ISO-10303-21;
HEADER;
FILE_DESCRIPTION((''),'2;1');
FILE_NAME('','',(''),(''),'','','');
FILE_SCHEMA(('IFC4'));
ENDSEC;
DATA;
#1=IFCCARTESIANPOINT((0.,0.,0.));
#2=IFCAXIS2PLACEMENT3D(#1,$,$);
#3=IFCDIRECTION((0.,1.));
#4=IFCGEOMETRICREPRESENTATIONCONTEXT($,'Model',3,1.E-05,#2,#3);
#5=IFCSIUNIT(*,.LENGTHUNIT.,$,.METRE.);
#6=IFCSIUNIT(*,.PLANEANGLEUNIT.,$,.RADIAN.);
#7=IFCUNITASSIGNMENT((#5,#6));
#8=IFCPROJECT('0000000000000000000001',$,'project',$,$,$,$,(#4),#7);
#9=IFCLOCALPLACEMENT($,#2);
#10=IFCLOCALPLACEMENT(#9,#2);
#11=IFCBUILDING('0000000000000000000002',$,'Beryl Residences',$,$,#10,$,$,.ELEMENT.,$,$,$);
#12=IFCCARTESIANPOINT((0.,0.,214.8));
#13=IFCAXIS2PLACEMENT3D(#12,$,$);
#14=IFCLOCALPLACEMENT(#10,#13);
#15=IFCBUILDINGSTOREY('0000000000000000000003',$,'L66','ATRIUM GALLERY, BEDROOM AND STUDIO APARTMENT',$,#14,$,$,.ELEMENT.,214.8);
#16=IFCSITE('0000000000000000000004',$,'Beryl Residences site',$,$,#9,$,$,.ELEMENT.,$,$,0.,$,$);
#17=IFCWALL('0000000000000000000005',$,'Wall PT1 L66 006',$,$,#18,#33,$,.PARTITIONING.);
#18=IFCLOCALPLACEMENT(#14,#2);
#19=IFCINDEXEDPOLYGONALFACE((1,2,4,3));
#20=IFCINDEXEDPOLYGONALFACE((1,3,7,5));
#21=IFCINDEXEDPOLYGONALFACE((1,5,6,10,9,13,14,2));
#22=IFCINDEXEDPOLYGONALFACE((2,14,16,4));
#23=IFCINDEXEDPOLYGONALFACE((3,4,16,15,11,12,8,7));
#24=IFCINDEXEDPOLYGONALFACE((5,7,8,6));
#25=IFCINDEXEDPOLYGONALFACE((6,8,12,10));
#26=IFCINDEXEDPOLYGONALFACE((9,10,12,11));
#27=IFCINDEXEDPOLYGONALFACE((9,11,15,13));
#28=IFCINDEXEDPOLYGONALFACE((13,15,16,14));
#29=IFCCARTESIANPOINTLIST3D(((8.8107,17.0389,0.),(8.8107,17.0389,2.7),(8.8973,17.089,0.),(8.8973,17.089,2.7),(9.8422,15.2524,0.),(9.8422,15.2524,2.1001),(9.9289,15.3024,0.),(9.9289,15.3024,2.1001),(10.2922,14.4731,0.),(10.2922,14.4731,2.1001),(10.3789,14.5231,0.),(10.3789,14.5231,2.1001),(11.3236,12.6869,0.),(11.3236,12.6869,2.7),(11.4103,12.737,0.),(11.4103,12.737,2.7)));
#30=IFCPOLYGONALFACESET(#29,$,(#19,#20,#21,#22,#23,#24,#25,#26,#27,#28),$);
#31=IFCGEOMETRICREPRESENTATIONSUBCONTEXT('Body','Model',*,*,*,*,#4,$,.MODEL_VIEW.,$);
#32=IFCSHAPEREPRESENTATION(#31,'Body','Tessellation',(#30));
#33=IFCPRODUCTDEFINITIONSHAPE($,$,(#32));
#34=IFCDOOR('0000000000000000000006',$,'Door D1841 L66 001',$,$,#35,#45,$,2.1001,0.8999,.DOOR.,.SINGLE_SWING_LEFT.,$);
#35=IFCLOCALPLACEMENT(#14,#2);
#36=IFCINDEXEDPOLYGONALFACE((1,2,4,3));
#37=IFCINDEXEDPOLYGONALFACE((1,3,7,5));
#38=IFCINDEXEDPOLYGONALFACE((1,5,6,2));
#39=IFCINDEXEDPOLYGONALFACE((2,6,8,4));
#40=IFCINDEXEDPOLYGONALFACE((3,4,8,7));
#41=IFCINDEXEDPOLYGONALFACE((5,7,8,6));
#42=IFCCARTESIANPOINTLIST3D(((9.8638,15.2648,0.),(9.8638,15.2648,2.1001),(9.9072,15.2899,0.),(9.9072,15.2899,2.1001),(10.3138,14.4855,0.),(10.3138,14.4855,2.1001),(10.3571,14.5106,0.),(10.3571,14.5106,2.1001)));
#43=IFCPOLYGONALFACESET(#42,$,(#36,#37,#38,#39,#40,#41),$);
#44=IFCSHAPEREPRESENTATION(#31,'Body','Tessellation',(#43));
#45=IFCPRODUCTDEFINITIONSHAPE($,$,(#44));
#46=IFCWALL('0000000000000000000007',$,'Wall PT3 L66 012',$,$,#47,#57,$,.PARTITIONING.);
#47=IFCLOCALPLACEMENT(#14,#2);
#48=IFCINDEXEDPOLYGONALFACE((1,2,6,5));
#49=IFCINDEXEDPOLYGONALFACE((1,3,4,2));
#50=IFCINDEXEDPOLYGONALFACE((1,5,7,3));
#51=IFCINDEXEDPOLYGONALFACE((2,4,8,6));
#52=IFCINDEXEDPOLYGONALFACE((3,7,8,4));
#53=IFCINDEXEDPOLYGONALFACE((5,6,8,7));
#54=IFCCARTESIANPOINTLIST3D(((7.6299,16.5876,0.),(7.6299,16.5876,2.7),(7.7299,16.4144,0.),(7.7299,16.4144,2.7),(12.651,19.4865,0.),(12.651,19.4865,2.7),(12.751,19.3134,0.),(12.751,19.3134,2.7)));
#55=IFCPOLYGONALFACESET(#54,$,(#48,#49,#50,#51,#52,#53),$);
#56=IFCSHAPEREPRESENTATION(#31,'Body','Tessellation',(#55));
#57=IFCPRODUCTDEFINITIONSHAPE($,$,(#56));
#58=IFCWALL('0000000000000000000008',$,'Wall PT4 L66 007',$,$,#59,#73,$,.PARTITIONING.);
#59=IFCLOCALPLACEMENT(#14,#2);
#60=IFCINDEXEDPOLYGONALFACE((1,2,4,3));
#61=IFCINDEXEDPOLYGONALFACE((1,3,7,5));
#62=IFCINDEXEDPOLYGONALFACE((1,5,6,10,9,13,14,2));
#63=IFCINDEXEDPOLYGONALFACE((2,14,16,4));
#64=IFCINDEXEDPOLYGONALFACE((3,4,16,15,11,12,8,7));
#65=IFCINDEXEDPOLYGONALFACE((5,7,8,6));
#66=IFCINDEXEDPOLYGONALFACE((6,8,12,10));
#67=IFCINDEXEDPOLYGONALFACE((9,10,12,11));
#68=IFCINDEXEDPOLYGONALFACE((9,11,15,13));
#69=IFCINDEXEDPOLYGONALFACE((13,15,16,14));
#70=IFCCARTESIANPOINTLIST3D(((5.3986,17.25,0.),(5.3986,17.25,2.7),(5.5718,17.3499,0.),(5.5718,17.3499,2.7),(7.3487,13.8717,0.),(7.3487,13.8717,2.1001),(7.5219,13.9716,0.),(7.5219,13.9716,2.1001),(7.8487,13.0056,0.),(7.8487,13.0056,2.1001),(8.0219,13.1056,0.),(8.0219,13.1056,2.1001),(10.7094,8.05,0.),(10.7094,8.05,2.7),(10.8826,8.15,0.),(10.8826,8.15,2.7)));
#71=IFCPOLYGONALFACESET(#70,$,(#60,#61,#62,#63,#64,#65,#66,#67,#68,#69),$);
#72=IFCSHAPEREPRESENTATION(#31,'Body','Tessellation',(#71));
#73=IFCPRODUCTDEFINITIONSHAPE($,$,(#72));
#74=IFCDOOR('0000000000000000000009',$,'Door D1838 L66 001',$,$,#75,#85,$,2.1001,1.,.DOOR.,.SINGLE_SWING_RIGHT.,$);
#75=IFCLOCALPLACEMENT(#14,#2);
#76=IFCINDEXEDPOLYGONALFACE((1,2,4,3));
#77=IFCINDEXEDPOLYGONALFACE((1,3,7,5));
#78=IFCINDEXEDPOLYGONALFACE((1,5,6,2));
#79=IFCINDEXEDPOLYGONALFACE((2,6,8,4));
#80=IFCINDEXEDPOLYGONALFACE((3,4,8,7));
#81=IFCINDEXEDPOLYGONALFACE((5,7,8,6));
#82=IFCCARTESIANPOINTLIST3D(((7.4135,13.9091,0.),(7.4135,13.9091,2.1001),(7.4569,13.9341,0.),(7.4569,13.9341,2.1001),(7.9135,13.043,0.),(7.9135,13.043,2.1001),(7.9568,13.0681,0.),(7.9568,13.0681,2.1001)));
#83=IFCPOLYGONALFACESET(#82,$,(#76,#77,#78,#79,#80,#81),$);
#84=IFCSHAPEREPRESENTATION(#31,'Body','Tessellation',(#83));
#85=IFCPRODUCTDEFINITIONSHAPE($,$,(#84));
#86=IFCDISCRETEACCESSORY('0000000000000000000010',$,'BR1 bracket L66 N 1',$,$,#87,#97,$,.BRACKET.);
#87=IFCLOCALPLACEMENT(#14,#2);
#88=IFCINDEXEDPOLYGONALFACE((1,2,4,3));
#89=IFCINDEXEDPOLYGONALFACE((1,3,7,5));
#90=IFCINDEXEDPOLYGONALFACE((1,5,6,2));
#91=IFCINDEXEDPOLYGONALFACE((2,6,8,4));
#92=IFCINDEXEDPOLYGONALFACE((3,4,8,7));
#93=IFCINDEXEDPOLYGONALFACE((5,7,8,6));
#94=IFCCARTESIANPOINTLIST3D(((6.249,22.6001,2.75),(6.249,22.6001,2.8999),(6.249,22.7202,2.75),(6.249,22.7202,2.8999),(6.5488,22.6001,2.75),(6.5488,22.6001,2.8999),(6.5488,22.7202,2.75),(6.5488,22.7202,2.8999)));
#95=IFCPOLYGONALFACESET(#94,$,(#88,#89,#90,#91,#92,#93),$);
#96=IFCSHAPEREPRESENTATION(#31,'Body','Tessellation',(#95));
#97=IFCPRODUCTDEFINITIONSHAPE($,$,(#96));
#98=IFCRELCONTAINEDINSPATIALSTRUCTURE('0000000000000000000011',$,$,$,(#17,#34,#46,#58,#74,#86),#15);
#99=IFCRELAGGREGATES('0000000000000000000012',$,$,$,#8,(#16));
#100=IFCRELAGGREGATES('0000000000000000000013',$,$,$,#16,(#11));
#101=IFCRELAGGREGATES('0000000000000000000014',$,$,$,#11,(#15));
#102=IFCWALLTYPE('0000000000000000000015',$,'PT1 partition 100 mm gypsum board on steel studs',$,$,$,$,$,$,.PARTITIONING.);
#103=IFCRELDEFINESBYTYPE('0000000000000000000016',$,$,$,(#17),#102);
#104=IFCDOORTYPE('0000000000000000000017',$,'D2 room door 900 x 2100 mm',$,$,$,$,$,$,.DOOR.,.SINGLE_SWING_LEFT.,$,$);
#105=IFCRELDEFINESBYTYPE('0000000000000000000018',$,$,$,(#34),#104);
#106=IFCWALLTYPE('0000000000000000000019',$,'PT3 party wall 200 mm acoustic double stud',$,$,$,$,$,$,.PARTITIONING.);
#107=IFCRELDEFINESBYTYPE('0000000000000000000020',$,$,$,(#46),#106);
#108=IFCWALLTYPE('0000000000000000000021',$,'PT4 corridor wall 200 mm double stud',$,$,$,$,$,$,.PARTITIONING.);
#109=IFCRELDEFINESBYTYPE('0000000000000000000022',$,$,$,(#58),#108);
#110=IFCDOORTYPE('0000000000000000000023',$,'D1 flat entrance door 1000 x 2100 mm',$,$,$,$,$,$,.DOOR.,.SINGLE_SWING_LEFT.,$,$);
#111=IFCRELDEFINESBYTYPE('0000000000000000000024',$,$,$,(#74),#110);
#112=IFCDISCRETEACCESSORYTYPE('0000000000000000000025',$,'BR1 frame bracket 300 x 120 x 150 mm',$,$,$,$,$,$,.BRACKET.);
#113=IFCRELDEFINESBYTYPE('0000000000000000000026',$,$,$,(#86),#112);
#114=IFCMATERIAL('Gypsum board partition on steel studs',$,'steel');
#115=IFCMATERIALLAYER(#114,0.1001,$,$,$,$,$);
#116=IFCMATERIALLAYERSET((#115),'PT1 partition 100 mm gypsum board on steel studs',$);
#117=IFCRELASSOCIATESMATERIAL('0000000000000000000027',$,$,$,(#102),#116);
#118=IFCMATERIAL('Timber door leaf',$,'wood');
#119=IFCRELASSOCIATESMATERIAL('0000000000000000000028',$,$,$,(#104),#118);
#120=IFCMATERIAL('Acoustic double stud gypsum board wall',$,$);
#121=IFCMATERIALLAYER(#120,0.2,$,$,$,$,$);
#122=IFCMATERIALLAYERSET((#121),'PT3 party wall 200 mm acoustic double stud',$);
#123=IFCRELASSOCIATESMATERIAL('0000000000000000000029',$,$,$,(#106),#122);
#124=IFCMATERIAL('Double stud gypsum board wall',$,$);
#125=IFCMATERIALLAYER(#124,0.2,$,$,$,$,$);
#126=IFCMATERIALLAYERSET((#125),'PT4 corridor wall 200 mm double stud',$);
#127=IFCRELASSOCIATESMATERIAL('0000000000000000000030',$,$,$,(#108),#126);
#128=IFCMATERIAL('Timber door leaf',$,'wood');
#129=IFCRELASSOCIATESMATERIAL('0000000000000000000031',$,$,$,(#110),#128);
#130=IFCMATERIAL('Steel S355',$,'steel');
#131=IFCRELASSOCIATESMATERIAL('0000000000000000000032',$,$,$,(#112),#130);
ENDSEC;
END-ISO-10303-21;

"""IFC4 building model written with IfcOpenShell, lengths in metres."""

from ifc_helpers import new_model, si_unit, direction, frame, frame_2d, origin, place, context, subcontext, project, spatial, polyline, rectangle, outline, extrude, source, transform, mapped, material, layer, layer_set, type_object, type_shapes, element, fill, save


model = new_model("IFC4")

# Units and contexts
model_context = context("Model", 3, precision=1e-05, world=origin(), true_north=direction((0.0, 1.0)))
body_context = subcontext(model_context, "Body", "Model", "MODEL_VIEW")
ifc_project = project(units=[si_unit("LENGTHUNIT", "METRE"), si_unit("PLANEANGLEUNIT", "RADIAN")], contexts=[model_context])

# Site, building, storey
site_placement = place(None, origin())
site = spatial("IfcSite", under=ifc_project, at=site_placement, Name="Beryl Residences site", CompositionType="ELEMENT", RefElevation=0.0)
building_placement = place(site_placement, origin())
building = spatial("IfcBuilding", under=site, at=building_placement, Name="Beryl Residences", CompositionType="ELEMENT")
storey_placement = place(building_placement, frame((0.0, 0.0, 214.8)))
storey = spatial("IfcBuildingStorey", under=building, at=storey_placement, Name="L66", Description="ATRIUM GALLERY, BEDROOM AND STUDIO APARTMENT", CompositionType="ELEMENT", Elevation=214.8)

# Shared definitions
ifc_material_1 = material(Name="Gypsum board partition on steel studs", Category="steel")
ifc_layer_1 = layer(ifc_material_1, 0.1001)
ifc_layer_set_1 = layer_set([ifc_layer_1], Name="PT1 partition 100 mm gypsum board on steel studs")
wall_type_1 = type_object("IfcWallType", Name="PT1 partition 100 mm gypsum board on steel studs", PredefinedType="PARTITIONING", material=ifc_layer_set_1)

# Wall, opening, door
wall_1_placement = place(storey_placement, frame((8.854, 17.064, 0.0), z_axis=(0.0, 0.0, 1.0), x_axis=(0.500042, -0.866001, 0.0)))
wall_1 = element("IfcWall", 1, at=wall_1_placement, inside=storey, type_object=wall_type_1, Name="Wall PT1 L66 006", PredefinedType="PARTITIONING", context=body_context, shape_type="SweptSolid", body=[
    extrude(rectangle(XDim=5.0254, YDim=0.1001, at=frame_2d((2.5127, 0.0))), origin(), (0.0, 0.0, 1.0), 2.7),
])
opening_1_placement = place(wall_1_placement, frame((2.063, 0.0, 0.0)))
opening_1 = element("IfcOpeningElement", 2, at=opening_1_placement, cuts=wall_1, PredefinedType="OPENING", context=body_context, shape_type="SweptSolid", body=[
    extrude(rectangle(XDim=0.8999, YDim=2.1001, at=frame_2d((0.45, 1.05))), frame((0.0, 0.0601, 0.0), z_axis=(0.0, -1.0, 0.0), x_axis=(1.0, 0.0, 0.0)), (0.0, 0.0, 1.0), 0.1201),
])
ifc_material_2 = material(Name="Timber door leaf", Category="wood")
door_type_1 = type_object("IfcDoorType", Name="D2 room door 900 x 2100 mm", OperationType="SINGLE_SWING_LEFT", PredefinedType="DOOR", material=ifc_material_2)
door_1_placement = place(opening_1_placement, origin())
door_1 = element("IfcDoor", 3, at=door_1_placement, inside=storey, type_object=door_type_1, Name="Door D1841 L66 001", OperationType="SINGLE_SWING_LEFT", OverallHeight=2.1001, OverallWidth=0.8999, PredefinedType="DOOR", context=body_context, shape_type="SweptSolid", body=[
    extrude(rectangle(XDim=0.8999, YDim=2.1001, at=frame_2d((0.45, 1.05))), frame((0.0, 0.0249, 0.0), z_axis=(0.0, -1.0, 0.0), x_axis=(1.0, 0.0, 0.0)), (0.0, 0.0, 1.0), 0.05),
])
fill(opening_1, door_1)

# Wall
ifc_material_3 = material(Name="Acoustic double stud gypsum board wall")
ifc_layer_2 = layer(ifc_material_3, 0.2)
ifc_layer_set_2 = layer_set([ifc_layer_2], Name="PT3 party wall 200 mm acoustic double stud")
wall_type_2 = type_object("IfcWallType", Name="PT3 party wall 200 mm acoustic double stud", PredefinedType="PARTITIONING", material=ifc_layer_set_2)
wall_2_placement = place(storey_placement, frame((7.6799, 16.501, 0.0), z_axis=(0.0, 0.0, 1.0), x_axis=(0.866021, 0.500007, 0.0)))
element("IfcWall", 4, at=wall_2_placement, inside=storey, type_object=wall_type_2, Name="Wall PT3 L66 012", PredefinedType="PARTITIONING", context=body_context, shape_type="SweptSolid", body=[
    extrude(rectangle(XDim=5.7979, YDim=0.2, at=frame_2d((2.8989, 0.0))), origin(), (0.0, 0.0, 1.0), 2.7),
])

# Wall, opening, door
ifc_material_4 = material(Name="Double stud gypsum board wall")
ifc_layer_3 = layer(ifc_material_4, 0.2)
ifc_layer_set_3 = layer_set([ifc_layer_3], Name="PT4 corridor wall 200 mm double stud")
wall_type_3 = type_object("IfcWallType", Name="PT4 corridor wall 200 mm double stud", PredefinedType="PARTITIONING", material=ifc_layer_set_3)
wall_3_placement = place(storey_placement, frame((5.4851, 17.3, 0.0), z_axis=(0.0, 0.0, 1.0), x_axis=(0.499943, -0.866058, 0.0)))
wall_3 = element("IfcWall", 5, at=wall_3_placement, inside=storey, type_object=wall_type_3, Name="Wall PT4 L66 007", PredefinedType="PARTITIONING", context=body_context, shape_type="SweptSolid", body=[
    extrude(rectangle(XDim=10.6228, YDim=0.2, at=frame_2d((5.3115, 0.0))), origin(), (0.0, 0.0, 1.0), 2.7),
])
opening_2_placement = place(wall_3_placement, frame((3.9009, 0.0, 0.0)))
opening_2 = element("IfcOpeningElement", 6, at=opening_2_placement, cuts=wall_3, PredefinedType="OPENING", context=body_context, shape_type="SweptSolid", body=[
    extrude(rectangle(XDim=1.0, YDim=2.1001, at=frame_2d((0.5, 1.05))), frame((0.0, 0.1099, 0.0), z_axis=(0.0, -1.0, 0.0), x_axis=(1.0, 0.0, 0.0)), (0.0, 0.0, 1.0), 0.22),
])
ifc_material_5 = material(Name="Timber door leaf", Category="wood")
door_type_2 = type_object("IfcDoorType", Name="D1 flat entrance door 1000 x 2100 mm", OperationType="SINGLE_SWING_LEFT", PredefinedType="DOOR", material=ifc_material_5)
door_2_placement = place(opening_2_placement, origin())
door_2 = element("IfcDoor", 7, at=door_2_placement, inside=storey, type_object=door_type_2, Name="Door D1838 L66 001", OperationType="SINGLE_SWING_RIGHT", OverallHeight=2.1001, OverallWidth=1.0, PredefinedType="DOOR", context=body_context, shape_type="SweptSolid", body=[
    extrude(rectangle(XDim=1.0, YDim=2.1001, at=frame_2d((0.5, 1.05))), frame((0.0, 0.0249, 0.0), z_axis=(0.0, -1.0, 0.0), x_axis=(1.0, 0.0, 0.0)), (0.0, 0.0, 1.0), 0.05),
])
fill(opening_2, door_2)

# Discrete accessory
ifc_material_6 = material(Name="Steel S355", Category="steel")
discrete_accessory_type = type_object("IfcDiscreteAccessoryType", Name="BR1 frame bracket 300 x 120 x 150 mm", PredefinedType="BRACKET", material=ifc_material_6)
shared_shape_1 = source(origin(), body_context, "Body", "SweptSolid", [
    extrude(outline(polyline([(-0.1499, 0.0), (0.1499, 0.0), (0.1499, 0.1201), (-0.1499, 0.1201), (-0.1499, 0.0)])), origin(), (0.0, 0.0, 1.0), 0.1499),
])
type_shapes(discrete_accessory_type, [shared_shape_1])
discrete_accessory_placement = place(storey_placement, frame((6.3989, 22.6001, 2.75), z_axis=(0.0, 0.0, 1.0), x_axis=(1.0, 0.0, 0.0)))
element("IfcDiscreteAccessory", 8, at=discrete_accessory_placement, inside=storey, type_object=discrete_accessory_type, Name="BR1 bracket L66 N 1", PredefinedType="BRACKET", context=body_context, shape_type="MappedRepresentation", body=[
    mapped(shared_shape_1, transform((0.0, 0.0, 0.0))),
])

save(model, "model.ifc")
